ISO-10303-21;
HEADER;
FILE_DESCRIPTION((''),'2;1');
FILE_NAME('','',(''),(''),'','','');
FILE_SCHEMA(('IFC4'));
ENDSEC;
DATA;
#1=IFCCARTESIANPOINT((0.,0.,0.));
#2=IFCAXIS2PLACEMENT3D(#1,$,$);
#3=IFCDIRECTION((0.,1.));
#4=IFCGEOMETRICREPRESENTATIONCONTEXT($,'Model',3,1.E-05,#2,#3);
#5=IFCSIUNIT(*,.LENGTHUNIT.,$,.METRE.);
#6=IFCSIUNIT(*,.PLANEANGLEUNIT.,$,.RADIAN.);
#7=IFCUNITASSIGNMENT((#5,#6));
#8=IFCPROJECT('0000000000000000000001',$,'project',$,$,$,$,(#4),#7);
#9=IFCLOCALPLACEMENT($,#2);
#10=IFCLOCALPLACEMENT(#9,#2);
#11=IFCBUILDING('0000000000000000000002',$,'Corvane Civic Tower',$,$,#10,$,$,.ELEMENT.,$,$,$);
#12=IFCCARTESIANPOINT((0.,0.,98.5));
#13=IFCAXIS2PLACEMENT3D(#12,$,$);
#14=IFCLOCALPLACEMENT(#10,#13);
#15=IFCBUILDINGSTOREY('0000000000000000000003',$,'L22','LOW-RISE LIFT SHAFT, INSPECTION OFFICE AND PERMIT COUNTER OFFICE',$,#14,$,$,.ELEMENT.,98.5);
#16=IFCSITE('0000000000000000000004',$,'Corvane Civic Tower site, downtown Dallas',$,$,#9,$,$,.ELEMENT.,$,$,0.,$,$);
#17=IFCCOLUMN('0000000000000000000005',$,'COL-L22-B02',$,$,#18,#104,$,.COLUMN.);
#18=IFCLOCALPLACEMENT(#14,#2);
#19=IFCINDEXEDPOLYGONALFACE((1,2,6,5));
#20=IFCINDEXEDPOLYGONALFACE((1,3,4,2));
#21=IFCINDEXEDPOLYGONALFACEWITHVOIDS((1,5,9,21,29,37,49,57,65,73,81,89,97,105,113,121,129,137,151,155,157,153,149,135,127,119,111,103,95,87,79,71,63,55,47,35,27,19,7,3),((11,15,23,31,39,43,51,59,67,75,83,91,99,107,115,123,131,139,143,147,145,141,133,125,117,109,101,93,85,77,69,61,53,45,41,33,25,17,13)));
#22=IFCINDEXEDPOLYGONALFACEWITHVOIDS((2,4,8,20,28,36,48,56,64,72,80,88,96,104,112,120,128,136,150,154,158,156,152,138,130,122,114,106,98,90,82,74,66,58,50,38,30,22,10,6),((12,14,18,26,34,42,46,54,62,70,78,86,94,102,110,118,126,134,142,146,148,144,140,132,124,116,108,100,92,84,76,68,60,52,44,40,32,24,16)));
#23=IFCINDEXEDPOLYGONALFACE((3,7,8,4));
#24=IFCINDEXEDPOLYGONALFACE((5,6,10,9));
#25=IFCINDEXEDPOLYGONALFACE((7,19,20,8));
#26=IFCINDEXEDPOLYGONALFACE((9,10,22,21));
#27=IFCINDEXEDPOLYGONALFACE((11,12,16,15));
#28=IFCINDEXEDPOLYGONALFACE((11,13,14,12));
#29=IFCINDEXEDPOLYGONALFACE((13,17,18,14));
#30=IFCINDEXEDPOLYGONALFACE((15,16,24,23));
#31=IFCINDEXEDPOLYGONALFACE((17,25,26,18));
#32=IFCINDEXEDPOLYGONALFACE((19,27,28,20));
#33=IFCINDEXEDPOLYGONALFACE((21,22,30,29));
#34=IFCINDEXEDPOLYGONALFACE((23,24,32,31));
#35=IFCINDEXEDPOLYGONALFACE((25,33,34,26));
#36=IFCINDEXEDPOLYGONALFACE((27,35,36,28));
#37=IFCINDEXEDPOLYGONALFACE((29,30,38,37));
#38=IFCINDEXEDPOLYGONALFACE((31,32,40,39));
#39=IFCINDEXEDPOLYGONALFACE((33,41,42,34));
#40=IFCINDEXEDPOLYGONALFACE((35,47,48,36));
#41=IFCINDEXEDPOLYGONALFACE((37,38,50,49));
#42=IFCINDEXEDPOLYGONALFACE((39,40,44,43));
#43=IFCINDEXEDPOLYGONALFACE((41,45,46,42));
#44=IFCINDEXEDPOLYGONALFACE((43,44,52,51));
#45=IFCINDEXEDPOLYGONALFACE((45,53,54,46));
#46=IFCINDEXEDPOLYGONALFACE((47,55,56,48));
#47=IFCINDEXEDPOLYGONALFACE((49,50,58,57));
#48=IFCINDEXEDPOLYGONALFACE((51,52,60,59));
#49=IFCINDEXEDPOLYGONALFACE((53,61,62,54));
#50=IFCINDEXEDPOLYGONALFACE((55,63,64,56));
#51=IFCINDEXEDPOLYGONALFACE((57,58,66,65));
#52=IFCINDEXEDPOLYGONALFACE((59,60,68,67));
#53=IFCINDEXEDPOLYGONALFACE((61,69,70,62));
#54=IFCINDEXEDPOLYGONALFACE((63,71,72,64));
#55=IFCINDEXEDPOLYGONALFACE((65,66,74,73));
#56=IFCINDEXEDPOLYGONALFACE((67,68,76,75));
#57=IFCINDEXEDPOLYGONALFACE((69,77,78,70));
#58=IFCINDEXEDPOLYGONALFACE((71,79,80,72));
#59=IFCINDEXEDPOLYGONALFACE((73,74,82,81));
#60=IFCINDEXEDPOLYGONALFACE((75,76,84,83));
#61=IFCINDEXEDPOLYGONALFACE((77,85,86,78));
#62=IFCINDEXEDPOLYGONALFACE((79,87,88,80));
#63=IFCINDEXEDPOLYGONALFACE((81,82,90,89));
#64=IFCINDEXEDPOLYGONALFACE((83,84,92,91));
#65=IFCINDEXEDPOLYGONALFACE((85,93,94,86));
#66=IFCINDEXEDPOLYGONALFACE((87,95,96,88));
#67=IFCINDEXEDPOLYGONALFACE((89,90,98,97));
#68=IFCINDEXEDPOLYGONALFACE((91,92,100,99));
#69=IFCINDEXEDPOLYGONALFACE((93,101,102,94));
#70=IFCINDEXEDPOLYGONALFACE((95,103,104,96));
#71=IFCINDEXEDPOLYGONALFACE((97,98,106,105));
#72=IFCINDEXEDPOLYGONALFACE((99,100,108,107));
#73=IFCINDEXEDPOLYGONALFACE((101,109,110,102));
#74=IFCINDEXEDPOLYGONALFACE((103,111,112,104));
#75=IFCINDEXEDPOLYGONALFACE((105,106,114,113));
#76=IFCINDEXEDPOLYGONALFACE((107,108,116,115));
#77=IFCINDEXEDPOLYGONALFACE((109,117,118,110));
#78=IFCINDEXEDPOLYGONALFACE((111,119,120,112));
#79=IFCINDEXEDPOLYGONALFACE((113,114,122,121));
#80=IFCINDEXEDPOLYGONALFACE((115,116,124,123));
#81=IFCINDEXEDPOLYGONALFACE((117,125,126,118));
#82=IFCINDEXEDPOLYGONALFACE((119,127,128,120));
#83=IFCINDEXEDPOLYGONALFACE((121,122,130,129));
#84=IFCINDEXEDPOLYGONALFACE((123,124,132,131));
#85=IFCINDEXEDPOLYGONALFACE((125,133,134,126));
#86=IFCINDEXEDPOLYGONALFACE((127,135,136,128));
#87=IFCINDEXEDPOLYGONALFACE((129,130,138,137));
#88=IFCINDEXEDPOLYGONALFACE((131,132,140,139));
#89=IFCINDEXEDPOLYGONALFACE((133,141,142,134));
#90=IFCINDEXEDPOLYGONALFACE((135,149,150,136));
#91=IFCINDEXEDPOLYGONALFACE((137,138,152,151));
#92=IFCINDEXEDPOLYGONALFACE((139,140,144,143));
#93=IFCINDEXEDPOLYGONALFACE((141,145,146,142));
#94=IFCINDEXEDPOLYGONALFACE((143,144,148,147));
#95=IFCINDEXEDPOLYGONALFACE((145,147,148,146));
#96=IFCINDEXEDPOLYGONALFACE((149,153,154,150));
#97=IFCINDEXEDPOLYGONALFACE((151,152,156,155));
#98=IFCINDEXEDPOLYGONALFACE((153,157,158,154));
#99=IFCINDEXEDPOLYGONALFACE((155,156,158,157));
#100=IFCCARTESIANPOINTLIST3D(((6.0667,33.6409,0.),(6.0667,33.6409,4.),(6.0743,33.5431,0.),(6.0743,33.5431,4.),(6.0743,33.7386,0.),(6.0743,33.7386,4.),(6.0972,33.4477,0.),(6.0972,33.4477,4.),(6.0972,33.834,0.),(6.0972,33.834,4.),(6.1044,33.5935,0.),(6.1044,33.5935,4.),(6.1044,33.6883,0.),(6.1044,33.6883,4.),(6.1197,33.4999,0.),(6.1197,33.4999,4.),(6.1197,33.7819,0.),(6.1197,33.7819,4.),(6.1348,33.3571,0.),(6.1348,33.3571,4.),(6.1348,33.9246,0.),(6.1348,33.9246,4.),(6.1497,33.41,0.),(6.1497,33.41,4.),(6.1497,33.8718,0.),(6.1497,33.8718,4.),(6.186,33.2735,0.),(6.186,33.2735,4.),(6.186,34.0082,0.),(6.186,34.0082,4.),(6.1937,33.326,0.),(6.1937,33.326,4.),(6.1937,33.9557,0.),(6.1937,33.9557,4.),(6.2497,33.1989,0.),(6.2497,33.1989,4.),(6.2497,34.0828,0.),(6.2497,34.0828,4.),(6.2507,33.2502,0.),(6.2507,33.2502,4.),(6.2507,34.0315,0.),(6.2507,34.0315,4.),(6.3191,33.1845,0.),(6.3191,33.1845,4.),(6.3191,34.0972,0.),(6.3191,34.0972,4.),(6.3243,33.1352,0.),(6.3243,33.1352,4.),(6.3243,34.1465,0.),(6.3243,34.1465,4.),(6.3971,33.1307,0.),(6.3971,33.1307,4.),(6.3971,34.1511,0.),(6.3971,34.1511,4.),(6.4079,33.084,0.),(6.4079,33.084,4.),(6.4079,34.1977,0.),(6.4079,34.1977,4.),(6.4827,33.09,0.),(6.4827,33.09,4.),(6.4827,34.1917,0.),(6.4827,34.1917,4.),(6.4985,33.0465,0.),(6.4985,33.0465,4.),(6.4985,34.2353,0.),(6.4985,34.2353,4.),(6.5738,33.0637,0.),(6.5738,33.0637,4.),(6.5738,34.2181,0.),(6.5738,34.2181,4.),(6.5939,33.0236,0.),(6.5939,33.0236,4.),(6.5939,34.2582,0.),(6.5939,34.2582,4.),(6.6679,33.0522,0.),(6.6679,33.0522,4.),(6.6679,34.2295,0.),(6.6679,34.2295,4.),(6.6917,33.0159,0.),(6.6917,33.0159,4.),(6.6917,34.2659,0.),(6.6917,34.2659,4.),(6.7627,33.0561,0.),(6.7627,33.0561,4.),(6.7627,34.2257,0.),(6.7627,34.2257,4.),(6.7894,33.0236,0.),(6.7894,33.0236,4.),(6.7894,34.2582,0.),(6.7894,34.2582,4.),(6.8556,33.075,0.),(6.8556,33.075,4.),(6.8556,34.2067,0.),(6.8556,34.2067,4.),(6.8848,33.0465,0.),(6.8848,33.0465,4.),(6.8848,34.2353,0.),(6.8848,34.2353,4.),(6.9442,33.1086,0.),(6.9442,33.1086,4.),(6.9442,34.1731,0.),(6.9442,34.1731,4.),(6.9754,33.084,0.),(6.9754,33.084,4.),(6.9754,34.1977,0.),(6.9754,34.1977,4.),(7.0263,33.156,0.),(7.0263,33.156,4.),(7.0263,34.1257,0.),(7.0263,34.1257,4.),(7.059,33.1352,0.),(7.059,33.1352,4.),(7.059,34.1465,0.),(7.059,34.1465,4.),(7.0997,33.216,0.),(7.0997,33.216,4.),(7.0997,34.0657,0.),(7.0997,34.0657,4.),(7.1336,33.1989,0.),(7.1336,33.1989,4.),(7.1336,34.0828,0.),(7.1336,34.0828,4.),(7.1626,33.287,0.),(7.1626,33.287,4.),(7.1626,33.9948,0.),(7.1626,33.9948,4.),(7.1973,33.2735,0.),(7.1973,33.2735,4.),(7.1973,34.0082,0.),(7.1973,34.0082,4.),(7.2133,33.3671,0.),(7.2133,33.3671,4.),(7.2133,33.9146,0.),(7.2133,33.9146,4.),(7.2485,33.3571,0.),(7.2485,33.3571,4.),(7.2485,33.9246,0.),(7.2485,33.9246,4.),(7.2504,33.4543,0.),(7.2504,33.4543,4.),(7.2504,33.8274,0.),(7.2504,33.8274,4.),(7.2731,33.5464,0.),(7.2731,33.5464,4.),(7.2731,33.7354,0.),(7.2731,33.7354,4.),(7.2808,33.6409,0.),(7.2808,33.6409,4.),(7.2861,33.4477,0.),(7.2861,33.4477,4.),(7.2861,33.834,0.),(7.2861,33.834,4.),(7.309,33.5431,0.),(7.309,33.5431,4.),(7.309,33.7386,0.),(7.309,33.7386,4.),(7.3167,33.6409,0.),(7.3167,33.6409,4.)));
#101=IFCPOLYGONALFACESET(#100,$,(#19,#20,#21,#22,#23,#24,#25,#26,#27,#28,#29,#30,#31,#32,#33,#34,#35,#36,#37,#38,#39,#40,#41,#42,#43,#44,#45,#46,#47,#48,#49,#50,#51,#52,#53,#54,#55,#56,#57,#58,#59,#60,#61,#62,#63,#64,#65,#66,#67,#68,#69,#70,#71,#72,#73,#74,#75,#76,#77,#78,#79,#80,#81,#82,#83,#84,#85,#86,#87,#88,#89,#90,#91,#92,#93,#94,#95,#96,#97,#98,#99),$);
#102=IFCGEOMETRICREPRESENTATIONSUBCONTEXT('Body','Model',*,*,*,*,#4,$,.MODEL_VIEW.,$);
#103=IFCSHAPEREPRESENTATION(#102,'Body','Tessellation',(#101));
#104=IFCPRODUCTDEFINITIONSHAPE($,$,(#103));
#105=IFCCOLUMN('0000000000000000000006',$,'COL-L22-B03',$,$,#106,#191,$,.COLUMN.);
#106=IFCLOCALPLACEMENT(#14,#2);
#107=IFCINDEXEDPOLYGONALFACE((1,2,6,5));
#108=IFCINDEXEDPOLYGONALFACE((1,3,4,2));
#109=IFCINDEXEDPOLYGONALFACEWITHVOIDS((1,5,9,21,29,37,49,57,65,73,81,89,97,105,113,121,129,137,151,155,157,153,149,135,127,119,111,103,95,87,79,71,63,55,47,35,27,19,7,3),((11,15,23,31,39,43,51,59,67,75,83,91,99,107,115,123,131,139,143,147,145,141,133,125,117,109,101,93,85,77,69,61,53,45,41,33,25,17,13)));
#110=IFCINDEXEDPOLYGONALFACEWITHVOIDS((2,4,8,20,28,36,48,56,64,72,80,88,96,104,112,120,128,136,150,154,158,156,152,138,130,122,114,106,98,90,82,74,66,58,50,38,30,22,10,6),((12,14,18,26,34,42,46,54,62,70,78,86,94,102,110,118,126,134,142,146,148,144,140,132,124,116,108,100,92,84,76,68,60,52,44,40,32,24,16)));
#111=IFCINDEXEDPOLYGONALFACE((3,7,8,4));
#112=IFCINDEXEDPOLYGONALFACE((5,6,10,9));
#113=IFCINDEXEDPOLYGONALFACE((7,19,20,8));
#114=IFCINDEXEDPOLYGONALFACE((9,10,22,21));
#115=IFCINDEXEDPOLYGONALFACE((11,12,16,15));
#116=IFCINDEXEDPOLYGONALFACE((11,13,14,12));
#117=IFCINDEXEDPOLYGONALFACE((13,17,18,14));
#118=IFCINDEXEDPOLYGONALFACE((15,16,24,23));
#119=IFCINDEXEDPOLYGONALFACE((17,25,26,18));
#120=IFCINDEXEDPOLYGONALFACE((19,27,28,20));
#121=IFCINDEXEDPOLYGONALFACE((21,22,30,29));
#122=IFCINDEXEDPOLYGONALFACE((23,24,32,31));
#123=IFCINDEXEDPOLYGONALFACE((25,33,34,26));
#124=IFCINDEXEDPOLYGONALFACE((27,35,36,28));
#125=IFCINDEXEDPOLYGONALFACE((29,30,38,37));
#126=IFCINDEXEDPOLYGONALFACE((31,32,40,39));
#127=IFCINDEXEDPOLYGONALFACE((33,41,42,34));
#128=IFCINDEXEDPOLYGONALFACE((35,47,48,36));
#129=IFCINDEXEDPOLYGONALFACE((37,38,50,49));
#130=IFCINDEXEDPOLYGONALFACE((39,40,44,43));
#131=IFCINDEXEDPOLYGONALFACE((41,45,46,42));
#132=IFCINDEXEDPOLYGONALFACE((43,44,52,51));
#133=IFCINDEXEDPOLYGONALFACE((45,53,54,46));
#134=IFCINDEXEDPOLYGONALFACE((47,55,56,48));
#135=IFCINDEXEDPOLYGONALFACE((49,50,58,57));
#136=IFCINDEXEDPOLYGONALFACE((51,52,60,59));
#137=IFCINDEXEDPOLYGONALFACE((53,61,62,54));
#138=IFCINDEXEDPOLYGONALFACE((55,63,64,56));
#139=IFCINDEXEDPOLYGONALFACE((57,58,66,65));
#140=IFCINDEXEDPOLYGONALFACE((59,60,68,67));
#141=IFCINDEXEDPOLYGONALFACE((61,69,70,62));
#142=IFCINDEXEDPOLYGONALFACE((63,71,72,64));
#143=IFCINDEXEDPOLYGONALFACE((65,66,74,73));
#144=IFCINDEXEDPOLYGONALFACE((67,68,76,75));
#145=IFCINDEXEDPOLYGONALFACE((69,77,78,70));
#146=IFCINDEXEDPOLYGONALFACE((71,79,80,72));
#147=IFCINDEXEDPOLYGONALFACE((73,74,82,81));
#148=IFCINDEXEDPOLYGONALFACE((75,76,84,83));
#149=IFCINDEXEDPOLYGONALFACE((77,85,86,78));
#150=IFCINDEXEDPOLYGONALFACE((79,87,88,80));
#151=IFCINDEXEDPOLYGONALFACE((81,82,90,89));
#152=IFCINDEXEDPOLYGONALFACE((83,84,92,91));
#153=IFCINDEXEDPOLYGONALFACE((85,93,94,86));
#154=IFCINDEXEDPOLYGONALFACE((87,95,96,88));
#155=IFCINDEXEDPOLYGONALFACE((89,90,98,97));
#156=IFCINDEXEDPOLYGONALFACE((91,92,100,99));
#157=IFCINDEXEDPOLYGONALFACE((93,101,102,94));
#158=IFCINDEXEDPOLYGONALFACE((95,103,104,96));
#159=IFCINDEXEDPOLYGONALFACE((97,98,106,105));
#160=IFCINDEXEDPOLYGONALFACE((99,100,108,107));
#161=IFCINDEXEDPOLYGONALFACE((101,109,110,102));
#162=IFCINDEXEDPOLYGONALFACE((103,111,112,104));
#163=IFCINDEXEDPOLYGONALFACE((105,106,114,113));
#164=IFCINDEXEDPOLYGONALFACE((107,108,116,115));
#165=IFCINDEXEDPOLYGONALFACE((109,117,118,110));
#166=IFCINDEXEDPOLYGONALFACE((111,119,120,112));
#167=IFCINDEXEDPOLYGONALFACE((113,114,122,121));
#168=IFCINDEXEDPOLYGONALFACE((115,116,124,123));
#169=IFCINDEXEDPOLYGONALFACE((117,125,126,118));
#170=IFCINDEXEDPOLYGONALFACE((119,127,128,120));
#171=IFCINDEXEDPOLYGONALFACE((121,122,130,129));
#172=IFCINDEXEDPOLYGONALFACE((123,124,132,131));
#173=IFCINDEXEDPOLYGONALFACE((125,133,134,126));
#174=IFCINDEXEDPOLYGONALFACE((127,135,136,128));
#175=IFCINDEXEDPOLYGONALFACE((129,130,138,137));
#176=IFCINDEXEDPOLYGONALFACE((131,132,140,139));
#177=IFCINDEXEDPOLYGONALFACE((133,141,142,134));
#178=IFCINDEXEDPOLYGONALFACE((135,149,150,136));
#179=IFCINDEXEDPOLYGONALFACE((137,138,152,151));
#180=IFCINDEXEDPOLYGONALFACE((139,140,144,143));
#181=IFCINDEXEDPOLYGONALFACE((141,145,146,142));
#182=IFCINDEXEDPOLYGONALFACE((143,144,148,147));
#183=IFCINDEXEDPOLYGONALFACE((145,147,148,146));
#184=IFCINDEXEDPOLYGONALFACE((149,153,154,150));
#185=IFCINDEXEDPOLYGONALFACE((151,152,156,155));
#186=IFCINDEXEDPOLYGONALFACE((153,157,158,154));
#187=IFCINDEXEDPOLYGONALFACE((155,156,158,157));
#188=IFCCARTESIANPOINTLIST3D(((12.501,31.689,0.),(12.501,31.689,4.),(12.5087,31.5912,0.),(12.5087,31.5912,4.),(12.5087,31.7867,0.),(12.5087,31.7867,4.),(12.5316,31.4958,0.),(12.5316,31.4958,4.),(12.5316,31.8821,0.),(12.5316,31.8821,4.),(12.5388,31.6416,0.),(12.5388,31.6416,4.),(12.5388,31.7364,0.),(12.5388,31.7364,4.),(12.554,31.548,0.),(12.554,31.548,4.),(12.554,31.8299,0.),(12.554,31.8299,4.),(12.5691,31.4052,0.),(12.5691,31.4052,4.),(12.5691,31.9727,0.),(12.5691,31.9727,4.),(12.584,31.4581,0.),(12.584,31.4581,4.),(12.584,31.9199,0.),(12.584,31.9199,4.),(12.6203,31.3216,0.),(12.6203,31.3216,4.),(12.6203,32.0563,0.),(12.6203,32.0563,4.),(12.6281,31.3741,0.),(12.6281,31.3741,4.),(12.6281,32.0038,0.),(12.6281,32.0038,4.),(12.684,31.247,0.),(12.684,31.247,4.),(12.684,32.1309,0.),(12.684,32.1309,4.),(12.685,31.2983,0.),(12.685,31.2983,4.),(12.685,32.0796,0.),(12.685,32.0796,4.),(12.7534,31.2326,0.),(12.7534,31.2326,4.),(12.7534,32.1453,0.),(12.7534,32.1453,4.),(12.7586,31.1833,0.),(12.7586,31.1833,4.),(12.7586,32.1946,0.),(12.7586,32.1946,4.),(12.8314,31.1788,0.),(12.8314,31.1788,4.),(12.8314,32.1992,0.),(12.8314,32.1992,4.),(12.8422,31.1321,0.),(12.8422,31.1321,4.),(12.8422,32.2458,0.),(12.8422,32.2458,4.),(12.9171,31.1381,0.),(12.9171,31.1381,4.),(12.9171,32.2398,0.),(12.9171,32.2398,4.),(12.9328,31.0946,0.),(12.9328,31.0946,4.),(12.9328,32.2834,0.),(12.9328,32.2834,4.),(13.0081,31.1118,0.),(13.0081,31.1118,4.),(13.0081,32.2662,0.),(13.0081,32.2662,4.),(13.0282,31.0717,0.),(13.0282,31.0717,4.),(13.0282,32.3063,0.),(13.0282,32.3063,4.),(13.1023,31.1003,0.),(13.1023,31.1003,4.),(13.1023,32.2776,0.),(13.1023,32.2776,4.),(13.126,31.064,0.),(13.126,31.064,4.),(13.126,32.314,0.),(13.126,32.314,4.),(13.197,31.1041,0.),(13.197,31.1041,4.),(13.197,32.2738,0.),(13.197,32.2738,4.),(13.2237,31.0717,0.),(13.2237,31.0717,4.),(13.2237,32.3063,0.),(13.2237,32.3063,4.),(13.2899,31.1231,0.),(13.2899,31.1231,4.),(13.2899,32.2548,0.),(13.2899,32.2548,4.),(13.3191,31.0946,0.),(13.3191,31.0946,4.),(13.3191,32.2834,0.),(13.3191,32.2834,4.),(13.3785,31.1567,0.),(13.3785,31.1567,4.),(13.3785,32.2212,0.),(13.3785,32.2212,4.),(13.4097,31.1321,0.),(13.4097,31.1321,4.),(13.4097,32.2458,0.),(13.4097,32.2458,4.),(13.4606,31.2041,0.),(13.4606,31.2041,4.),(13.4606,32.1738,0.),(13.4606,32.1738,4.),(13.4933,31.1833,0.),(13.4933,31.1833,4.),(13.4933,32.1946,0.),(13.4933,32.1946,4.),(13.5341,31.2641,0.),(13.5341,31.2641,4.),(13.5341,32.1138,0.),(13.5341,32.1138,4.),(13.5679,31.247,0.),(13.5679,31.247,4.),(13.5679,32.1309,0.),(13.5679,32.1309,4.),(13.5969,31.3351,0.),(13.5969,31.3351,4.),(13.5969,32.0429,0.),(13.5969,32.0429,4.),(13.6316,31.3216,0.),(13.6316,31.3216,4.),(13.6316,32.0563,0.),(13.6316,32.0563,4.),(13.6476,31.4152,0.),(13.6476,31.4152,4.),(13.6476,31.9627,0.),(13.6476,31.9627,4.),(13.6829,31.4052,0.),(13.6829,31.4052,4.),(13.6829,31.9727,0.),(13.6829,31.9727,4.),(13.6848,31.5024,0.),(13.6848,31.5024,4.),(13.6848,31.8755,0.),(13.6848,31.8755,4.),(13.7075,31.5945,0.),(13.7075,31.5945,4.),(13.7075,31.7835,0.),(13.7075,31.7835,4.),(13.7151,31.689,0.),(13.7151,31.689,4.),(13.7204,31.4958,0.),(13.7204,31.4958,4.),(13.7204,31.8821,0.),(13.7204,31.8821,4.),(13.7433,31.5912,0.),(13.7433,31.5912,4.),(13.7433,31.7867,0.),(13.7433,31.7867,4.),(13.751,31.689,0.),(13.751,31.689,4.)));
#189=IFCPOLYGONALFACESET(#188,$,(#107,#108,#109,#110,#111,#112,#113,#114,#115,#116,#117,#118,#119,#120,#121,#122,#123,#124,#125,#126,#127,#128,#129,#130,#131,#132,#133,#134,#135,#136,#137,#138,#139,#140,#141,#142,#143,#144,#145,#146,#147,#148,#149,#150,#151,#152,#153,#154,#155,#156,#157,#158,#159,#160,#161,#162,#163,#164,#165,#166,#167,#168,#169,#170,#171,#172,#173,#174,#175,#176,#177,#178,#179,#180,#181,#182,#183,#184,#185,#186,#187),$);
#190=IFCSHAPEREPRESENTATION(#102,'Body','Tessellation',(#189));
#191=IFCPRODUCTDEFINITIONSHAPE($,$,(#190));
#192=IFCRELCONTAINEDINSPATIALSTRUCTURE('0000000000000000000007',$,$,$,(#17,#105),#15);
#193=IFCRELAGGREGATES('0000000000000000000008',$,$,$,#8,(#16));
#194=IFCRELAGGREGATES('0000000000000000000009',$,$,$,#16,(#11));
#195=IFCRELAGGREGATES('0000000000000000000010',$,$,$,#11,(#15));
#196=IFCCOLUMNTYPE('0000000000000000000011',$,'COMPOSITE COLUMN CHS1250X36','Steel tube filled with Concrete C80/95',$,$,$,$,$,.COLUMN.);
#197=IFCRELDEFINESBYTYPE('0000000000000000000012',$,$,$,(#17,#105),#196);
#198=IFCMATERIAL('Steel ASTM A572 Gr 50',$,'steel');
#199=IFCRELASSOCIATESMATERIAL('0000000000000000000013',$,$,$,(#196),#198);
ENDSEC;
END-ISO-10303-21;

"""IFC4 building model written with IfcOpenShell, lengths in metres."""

from ifc_helpers import new_model, si_unit, direction, frame, origin, origin_2d, place, context, subcontext, project, spatial, hollow_circle, extrude, material, material_profile, profile_set, type_object, element, save


model = new_model("IFC4")

# Units and contexts
model_context = context("Model", 3, precision=1e-05, world=origin(), true_north=direction((0.0, 1.0)))
body_context = subcontext(model_context, "Body", "Model", "MODEL_VIEW")
ifc_project = project(units=[si_unit("LENGTHUNIT", "METRE"), si_unit("PLANEANGLEUNIT", "RADIAN")], contexts=[model_context])

# Site, building, storey
site_placement = place(None, origin())
site = spatial("IfcSite", under=ifc_project, at=site_placement, Name="Corvane Civic Tower site, downtown Dallas", CompositionType="ELEMENT", RefElevation=0.0)
building_placement = place(site_placement, origin())
building = spatial("IfcBuilding", under=site, at=building_placement, Name="Corvane Civic Tower", CompositionType="ELEMENT")
storey_placement = place(building_placement, frame((0.0, 0.0, 98.5)))
storey = spatial("IfcBuildingStorey", under=building, at=storey_placement, Name="L22", Description="LOW-RISE LIFT SHAFT, INSPECTION OFFICE AND PERMIT COUNTER OFFICE", CompositionType="ELEMENT", Elevation=98.5)

# Columns
ifc_material_1 = material(Name="Steel ASTM A572 Gr 50", Category="steel")
ifc_material_profile_1 = material_profile(ifc_material_1, hollow_circle(Radius=0.625, WallThickness=0.0359, at=origin_2d()), Name="CHS1250X36")
ifc_profile_set_1 = profile_set([ifc_material_profile_1], Name="Steel ASTM A572 Gr 50")
column_type = type_object("IfcColumnType", Name="COMPOSITE COLUMN CHS1250X36", Description="Steel tube filled with Concrete C80/95", PredefinedType="COLUMN", material=ifc_profile_set_1)
for number, where, z_axis, x_axis, name in (
    (1, (6.6917, 33.6409, 0.0), (0.0, 0.0, 1.0), (1.0, 0.0, 0.0), "COL-L22-B02"),
    (2, (13.126, 31.689, 0.0), (0.0, 0.0, 1.0), (1.0, 0.0, 0.0), "COL-L22-B03"),
):
    element("IfcColumn", number, at=place(storey_placement, frame(where, z_axis=z_axis, x_axis=x_axis)), inside=storey, type_object=column_type, Name=name, PredefinedType="COLUMN", context=body_context, shape_type="SweptSolid", body=[
        extrude(hollow_circle(Radius=0.625, WallThickness=0.0359, at=origin_2d()), origin(), (0.0, 0.0, 1.0), 4.0),
    ])

save(model, "model.ifc")
